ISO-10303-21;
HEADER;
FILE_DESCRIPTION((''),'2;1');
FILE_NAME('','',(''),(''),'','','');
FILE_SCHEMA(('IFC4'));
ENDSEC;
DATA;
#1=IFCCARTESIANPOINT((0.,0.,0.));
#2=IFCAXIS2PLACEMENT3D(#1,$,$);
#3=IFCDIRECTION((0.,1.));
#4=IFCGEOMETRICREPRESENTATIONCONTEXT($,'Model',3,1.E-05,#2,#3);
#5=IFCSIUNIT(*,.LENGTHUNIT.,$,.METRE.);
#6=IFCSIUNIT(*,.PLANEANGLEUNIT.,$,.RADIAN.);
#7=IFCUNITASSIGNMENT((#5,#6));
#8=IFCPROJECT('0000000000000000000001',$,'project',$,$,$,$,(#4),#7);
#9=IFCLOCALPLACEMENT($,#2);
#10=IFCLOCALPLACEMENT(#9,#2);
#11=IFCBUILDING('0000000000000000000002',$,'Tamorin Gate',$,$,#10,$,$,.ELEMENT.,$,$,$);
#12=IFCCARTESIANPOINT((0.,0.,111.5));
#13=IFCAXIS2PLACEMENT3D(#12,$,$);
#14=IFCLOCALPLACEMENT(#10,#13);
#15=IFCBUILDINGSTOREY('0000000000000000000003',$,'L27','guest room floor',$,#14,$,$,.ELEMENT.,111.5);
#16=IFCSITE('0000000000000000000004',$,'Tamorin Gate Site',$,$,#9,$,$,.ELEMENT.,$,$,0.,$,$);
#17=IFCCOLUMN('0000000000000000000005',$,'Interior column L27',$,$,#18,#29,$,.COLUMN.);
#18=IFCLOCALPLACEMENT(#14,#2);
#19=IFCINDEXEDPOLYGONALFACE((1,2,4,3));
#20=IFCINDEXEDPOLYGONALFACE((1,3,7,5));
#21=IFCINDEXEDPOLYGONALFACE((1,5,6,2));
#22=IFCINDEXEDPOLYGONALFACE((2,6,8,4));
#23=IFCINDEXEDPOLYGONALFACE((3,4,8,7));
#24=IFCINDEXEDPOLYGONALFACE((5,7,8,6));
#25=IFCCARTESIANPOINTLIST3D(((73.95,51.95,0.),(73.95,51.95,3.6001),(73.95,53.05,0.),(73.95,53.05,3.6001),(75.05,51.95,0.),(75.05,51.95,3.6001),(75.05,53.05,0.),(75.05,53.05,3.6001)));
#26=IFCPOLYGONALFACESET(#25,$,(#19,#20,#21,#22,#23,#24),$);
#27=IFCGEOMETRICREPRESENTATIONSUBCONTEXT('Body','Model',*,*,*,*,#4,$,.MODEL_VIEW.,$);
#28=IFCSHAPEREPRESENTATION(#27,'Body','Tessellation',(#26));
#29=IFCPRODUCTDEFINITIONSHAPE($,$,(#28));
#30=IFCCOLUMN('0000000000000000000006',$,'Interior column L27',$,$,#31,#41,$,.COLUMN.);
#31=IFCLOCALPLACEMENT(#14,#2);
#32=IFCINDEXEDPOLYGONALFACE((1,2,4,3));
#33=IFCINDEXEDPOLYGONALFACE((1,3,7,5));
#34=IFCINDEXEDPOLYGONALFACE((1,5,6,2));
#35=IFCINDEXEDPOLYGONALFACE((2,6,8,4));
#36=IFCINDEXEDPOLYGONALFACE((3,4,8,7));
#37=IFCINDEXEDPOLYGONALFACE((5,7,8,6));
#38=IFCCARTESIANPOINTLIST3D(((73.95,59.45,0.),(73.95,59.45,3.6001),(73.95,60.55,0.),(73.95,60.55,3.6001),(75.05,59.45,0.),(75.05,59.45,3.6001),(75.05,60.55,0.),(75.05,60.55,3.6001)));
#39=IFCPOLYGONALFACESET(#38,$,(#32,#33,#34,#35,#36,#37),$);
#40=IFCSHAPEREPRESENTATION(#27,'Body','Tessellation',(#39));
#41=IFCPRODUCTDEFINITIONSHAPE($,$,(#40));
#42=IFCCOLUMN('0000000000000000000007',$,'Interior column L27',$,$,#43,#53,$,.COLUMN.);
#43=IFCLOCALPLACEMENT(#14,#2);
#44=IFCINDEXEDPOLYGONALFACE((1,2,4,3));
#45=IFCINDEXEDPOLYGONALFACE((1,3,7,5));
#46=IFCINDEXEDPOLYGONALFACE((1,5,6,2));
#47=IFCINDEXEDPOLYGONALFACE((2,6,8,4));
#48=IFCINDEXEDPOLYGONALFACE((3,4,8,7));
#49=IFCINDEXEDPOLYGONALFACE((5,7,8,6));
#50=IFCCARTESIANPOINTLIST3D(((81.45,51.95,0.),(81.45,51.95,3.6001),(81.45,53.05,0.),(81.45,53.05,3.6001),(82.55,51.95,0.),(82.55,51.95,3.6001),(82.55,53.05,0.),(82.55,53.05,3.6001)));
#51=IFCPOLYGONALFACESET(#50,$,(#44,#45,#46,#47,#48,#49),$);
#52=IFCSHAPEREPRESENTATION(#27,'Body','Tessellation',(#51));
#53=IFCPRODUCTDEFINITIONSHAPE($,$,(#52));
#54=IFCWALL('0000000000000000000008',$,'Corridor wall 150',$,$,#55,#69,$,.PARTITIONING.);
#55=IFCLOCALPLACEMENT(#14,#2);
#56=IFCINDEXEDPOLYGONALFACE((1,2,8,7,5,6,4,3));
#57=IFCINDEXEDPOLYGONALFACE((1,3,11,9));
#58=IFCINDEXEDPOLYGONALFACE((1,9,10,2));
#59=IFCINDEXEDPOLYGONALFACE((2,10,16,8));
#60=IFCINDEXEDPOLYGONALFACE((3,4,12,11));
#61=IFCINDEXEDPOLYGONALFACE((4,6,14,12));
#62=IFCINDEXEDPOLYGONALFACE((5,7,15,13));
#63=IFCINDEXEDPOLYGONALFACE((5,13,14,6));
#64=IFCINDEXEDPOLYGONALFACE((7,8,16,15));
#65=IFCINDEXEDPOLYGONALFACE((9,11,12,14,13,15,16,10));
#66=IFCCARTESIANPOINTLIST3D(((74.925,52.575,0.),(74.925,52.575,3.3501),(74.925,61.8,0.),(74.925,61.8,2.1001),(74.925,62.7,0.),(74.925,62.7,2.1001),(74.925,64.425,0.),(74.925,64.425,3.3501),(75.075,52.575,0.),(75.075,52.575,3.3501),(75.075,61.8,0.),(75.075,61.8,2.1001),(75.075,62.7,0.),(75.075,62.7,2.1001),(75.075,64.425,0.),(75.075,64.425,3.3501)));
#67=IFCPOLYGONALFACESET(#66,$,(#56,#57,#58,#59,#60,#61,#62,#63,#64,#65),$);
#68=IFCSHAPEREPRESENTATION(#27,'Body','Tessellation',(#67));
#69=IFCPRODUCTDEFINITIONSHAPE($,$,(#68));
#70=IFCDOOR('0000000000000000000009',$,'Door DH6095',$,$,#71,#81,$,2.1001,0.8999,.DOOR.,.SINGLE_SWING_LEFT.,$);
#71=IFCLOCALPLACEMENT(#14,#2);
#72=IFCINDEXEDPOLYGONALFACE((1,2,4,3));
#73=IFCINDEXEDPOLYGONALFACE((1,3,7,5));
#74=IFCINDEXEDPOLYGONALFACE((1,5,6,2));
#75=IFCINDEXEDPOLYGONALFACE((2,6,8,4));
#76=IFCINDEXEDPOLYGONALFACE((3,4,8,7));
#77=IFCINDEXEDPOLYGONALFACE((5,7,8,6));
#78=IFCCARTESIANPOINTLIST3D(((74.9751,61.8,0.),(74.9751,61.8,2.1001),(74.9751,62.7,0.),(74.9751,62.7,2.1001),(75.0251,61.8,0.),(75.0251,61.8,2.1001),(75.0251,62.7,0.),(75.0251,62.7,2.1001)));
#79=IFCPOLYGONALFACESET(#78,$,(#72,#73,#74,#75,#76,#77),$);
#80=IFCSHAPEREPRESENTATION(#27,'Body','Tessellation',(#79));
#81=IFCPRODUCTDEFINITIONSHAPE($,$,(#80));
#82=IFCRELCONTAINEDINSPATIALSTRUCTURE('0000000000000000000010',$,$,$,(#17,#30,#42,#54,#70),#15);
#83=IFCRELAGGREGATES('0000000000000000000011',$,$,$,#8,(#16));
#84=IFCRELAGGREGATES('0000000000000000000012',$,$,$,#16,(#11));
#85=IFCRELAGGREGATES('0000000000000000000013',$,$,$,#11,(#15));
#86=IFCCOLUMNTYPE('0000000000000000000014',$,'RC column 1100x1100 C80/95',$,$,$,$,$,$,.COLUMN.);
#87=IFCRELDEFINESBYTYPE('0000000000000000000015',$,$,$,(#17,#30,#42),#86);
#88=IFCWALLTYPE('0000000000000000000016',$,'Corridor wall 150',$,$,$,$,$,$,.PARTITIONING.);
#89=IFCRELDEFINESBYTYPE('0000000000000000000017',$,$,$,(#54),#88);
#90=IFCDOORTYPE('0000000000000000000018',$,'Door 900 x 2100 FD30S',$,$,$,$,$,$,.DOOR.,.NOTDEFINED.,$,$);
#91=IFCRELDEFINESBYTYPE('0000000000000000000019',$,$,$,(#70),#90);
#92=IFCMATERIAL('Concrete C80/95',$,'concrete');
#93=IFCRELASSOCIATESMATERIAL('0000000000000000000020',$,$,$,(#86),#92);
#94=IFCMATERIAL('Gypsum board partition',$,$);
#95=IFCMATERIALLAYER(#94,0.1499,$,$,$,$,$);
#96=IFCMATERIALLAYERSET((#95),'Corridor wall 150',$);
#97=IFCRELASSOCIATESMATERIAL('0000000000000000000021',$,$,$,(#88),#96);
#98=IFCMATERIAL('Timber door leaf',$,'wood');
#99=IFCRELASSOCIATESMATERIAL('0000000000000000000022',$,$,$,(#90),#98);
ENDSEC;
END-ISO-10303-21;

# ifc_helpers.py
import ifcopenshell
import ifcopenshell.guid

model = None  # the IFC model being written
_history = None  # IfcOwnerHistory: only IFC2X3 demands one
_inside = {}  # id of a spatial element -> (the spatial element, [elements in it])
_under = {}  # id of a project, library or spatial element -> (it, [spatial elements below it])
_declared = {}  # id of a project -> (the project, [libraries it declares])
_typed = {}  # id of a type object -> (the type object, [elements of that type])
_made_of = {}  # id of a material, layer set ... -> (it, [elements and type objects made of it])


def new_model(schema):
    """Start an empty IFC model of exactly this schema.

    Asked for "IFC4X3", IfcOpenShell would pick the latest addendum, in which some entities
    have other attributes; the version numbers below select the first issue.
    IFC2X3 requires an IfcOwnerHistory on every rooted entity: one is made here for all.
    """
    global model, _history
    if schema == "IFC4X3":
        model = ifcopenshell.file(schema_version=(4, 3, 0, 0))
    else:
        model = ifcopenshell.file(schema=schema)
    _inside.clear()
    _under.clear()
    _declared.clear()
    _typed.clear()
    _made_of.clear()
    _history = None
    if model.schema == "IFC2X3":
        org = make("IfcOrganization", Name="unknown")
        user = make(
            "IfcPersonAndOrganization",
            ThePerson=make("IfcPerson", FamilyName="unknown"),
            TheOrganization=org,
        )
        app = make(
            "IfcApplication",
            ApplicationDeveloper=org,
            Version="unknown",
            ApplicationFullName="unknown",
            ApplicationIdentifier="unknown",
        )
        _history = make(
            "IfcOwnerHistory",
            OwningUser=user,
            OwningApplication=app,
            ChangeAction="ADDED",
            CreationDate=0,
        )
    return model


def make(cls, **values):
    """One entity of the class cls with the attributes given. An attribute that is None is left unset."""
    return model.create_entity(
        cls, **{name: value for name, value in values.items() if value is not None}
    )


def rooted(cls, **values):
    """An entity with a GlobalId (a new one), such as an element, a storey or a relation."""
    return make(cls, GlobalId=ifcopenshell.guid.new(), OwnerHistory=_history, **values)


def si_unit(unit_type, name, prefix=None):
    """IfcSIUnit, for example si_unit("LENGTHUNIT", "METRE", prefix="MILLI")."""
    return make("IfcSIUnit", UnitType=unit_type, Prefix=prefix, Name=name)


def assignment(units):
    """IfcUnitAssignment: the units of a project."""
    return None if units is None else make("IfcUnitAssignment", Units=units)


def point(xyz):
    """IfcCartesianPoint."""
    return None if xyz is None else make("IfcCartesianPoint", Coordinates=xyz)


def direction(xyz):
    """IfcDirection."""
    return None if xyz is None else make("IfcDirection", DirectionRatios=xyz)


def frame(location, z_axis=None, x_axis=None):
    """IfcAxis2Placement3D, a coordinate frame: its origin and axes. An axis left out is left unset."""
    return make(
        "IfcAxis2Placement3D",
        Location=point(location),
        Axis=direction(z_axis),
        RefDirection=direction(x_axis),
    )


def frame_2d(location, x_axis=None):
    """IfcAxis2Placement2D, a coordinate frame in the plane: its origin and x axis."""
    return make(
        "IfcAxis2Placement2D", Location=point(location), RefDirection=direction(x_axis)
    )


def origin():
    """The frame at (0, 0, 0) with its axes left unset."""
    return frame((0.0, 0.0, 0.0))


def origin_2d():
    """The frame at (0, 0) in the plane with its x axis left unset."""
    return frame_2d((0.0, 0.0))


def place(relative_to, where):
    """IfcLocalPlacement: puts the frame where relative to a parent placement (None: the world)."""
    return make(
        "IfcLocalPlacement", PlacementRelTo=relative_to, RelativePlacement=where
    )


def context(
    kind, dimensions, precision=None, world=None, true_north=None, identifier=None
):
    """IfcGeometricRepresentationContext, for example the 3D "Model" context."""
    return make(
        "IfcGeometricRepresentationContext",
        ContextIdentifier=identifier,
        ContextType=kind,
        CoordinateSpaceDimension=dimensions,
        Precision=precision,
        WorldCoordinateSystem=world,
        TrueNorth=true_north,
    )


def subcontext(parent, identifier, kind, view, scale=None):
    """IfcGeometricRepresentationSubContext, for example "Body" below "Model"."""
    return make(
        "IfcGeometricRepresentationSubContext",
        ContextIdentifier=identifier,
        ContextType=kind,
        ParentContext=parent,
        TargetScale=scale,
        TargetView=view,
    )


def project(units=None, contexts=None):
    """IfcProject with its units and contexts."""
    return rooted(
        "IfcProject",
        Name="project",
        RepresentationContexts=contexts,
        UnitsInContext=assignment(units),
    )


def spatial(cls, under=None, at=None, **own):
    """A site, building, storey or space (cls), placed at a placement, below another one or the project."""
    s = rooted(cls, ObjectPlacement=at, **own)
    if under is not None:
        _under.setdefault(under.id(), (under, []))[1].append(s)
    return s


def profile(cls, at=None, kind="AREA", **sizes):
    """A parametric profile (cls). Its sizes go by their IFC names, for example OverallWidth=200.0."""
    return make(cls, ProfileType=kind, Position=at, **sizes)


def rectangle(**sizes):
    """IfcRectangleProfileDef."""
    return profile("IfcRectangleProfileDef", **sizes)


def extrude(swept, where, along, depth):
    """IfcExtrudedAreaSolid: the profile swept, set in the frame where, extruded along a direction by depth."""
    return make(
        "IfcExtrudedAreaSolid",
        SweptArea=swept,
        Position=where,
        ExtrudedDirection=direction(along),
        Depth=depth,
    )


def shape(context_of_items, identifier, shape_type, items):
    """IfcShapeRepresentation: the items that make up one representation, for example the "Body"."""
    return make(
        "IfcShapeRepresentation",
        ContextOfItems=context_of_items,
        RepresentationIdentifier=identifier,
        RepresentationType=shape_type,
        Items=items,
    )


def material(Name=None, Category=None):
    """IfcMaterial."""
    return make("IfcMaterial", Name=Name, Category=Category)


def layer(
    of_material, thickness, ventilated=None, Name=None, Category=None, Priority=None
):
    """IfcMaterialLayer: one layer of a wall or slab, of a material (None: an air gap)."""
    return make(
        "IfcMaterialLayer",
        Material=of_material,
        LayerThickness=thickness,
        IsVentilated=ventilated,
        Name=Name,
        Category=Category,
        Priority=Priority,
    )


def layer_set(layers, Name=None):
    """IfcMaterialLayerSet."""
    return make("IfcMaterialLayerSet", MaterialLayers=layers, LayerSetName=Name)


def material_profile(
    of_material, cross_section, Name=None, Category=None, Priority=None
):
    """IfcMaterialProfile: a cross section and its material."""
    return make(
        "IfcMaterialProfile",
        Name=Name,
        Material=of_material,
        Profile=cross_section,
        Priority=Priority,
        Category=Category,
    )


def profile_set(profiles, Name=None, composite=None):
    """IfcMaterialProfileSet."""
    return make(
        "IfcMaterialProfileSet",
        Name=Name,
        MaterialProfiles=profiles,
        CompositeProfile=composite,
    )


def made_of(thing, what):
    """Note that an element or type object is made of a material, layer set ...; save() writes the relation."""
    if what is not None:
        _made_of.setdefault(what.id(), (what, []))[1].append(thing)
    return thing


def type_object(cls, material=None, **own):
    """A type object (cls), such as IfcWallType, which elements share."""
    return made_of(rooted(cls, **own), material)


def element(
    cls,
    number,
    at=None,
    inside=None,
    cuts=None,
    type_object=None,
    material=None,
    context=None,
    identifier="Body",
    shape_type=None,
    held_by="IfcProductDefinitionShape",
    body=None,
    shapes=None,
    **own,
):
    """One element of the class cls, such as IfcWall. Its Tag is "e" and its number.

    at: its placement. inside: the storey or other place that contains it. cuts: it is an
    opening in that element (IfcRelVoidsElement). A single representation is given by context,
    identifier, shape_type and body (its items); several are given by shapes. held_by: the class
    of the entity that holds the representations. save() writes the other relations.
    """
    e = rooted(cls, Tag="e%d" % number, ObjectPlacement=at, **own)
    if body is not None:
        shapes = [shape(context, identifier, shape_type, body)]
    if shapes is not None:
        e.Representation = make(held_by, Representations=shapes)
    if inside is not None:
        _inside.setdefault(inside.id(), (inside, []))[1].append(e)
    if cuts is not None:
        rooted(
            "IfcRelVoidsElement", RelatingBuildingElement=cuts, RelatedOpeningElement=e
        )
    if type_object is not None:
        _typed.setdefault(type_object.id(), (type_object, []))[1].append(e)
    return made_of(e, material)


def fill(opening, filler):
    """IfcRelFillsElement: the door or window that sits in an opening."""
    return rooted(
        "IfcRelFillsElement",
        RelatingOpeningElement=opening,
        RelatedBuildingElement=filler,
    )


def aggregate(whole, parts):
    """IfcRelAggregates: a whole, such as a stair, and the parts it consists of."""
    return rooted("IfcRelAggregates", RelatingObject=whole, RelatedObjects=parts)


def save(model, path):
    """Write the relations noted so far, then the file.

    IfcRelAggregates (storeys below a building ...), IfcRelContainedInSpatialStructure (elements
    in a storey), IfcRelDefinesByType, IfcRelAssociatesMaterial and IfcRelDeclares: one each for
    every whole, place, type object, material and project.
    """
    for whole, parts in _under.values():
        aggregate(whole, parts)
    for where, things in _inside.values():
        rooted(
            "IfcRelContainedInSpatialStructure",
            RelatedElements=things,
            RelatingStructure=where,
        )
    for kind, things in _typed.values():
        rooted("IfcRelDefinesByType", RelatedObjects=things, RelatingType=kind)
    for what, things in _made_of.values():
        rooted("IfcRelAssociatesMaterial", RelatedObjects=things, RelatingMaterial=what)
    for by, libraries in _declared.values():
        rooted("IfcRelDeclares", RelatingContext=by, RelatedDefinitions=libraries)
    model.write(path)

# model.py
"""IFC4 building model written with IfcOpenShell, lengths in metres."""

from ifc_helpers import new_model, si_unit, direction, frame, frame_2d, origin, origin_2d, place, context, subcontext, project, spatial, rectangle, extrude, material, layer, layer_set, material_profile, profile_set, type_object, element, fill, save


model = new_model("IFC4")

# Units and contexts
model_context = context("Model", 3, precision=1e-05, world=origin(), true_north=direction((0.0, 1.0)))
body_context = subcontext(model_context, "Body", "Model", "MODEL_VIEW")
ifc_project = project(units=[si_unit("LENGTHUNIT", "METRE"), si_unit("PLANEANGLEUNIT", "RADIAN")], contexts=[model_context])

# Site, building, storey
site_placement = place(None, origin())
site = spatial("IfcSite", under=ifc_project, at=site_placement, Name="Tamorin Gate Site", CompositionType="ELEMENT", RefElevation=0.0)
building_placement = place(site_placement, origin())
building = spatial("IfcBuilding", under=site, at=building_placement, Name="Tamorin Gate", CompositionType="ELEMENT")
storey_placement = place(building_placement, frame((0.0, 0.0, 111.5)))
storey = spatial("IfcBuildingStorey", under=building, at=storey_placement, Name="L27", Description="guest room floor", CompositionType="ELEMENT", Elevation=111.5)

# Columns
ifc_material_1 = material(Name="Concrete C80/95", Category="concrete")
ifc_material_profile = material_profile(ifc_material_1, rectangle(XDim=1.1001, YDim=1.1001, at=origin_2d()), Name="RC 1100x1100")
ifc_profile_set = profile_set([ifc_material_profile], Name="Concrete C80/95")
column_type = type_object("IfcColumnType", Name="RC column 1100x1100 C80/95", PredefinedType="COLUMN", material=ifc_profile_set)
for number, where, z_axis, x_axis, name in (
    (1, (74.5, 52.5, 0.0), (0.0, 0.0, 1.0), (1.0, 0.0, 0.0), "Interior column L27"),
    (2, (74.5, 60.0, 0.0), (0.0, 0.0, 1.0), (1.0, 0.0, 0.0), "Interior column L27"),
    (3, (82.0, 52.5, 0.0), (0.0, 0.0, 1.0), (1.0, 0.0, 0.0), "Interior column L27"),
):
    element("IfcColumn", number, at=place(storey_placement, frame(where, z_axis=z_axis, x_axis=x_axis)), inside=storey, type_object=column_type, Name=name, PredefinedType="COLUMN", context=body_context, shape_type="SweptSolid", body=[
        extrude(rectangle(XDim=1.1001, YDim=1.1001, at=origin_2d()), origin(), (0.0, 0.0, 1.0), 3.6001),
    ])

# Wall, opening, door
ifc_material_2 = material(Name="Gypsum board partition")
ifc_layer_1 = layer(ifc_material_2, 0.1499)
ifc_layer_set_1 = layer_set([ifc_layer_1], Name="Corridor wall 150")
wall_type_1 = type_object("IfcWallType", Name="Corridor wall 150", PredefinedType="PARTITIONING", material=ifc_layer_set_1)
wall_1_placement = place(storey_placement, frame((75.0, 52.575, 0.0), z_axis=(0.0, 0.0, 1.0), x_axis=(0.0, 1.0, 0.0)))
wall_1 = element("IfcWall", 4, at=wall_1_placement, inside=storey, type_object=wall_type_1, Name="Corridor wall 150", PredefinedType="PARTITIONING", context=body_context, shape_type="SweptSolid", body=[
    extrude(rectangle(XDim=11.8501, YDim=0.1499, at=frame_2d((5.925, 0.0))), origin(), (0.0, 0.0, 1.0), 3.3501),
])
opening_1_placement = place(wall_1_placement, frame((9.2251, 0.0, 0.0)))
opening_1 = element("IfcOpeningElement", 5, at=opening_1_placement, cuts=wall_1, PredefinedType="OPENING", context=body_context, shape_type="SweptSolid", body=[
    extrude(rectangle(XDim=0.8999, YDim=2.1001, at=frame_2d((0.45, 1.05))), frame((0.0, 0.085, 0.0), z_axis=(0.0, -1.0, 0.0), x_axis=(1.0, 0.0, 0.0)), (0.0, 0.0, 1.0), 0.1699),
])
ifc_material_3 = material(Name="Timber door leaf", Category="wood")
door_type_1 = type_object("IfcDoorType", Name="Door 900 x 2100 FD30S", OperationType="NOTDEFINED", PredefinedType="DOOR", material=ifc_material_3)
door_1_placement = place(opening_1_placement, origin())
door_1 = element("IfcDoor", 6, at=door_1_placement, inside=storey, type_object=door_type_1, Name="Door DH6095", OperationType="SINGLE_SWING_LEFT", OverallHeight=2.1001, OverallWidth=0.8999, PredefinedType="DOOR", context=body_context, shape_type="SweptSolid", body=[
    extrude(rectangle(XDim=0.8999, YDim=2.1001, at=frame_2d((0.45, 1.05))), frame((0.0, 0.0249, 0.0), z_axis=(0.0, -1.0, 0.0), x_axis=(1.0, 0.0, 0.0)), (0.0, 0.0, 1.0), 0.05),
])
fill(opening_1, door_1)

save(model, "model.ifc")
